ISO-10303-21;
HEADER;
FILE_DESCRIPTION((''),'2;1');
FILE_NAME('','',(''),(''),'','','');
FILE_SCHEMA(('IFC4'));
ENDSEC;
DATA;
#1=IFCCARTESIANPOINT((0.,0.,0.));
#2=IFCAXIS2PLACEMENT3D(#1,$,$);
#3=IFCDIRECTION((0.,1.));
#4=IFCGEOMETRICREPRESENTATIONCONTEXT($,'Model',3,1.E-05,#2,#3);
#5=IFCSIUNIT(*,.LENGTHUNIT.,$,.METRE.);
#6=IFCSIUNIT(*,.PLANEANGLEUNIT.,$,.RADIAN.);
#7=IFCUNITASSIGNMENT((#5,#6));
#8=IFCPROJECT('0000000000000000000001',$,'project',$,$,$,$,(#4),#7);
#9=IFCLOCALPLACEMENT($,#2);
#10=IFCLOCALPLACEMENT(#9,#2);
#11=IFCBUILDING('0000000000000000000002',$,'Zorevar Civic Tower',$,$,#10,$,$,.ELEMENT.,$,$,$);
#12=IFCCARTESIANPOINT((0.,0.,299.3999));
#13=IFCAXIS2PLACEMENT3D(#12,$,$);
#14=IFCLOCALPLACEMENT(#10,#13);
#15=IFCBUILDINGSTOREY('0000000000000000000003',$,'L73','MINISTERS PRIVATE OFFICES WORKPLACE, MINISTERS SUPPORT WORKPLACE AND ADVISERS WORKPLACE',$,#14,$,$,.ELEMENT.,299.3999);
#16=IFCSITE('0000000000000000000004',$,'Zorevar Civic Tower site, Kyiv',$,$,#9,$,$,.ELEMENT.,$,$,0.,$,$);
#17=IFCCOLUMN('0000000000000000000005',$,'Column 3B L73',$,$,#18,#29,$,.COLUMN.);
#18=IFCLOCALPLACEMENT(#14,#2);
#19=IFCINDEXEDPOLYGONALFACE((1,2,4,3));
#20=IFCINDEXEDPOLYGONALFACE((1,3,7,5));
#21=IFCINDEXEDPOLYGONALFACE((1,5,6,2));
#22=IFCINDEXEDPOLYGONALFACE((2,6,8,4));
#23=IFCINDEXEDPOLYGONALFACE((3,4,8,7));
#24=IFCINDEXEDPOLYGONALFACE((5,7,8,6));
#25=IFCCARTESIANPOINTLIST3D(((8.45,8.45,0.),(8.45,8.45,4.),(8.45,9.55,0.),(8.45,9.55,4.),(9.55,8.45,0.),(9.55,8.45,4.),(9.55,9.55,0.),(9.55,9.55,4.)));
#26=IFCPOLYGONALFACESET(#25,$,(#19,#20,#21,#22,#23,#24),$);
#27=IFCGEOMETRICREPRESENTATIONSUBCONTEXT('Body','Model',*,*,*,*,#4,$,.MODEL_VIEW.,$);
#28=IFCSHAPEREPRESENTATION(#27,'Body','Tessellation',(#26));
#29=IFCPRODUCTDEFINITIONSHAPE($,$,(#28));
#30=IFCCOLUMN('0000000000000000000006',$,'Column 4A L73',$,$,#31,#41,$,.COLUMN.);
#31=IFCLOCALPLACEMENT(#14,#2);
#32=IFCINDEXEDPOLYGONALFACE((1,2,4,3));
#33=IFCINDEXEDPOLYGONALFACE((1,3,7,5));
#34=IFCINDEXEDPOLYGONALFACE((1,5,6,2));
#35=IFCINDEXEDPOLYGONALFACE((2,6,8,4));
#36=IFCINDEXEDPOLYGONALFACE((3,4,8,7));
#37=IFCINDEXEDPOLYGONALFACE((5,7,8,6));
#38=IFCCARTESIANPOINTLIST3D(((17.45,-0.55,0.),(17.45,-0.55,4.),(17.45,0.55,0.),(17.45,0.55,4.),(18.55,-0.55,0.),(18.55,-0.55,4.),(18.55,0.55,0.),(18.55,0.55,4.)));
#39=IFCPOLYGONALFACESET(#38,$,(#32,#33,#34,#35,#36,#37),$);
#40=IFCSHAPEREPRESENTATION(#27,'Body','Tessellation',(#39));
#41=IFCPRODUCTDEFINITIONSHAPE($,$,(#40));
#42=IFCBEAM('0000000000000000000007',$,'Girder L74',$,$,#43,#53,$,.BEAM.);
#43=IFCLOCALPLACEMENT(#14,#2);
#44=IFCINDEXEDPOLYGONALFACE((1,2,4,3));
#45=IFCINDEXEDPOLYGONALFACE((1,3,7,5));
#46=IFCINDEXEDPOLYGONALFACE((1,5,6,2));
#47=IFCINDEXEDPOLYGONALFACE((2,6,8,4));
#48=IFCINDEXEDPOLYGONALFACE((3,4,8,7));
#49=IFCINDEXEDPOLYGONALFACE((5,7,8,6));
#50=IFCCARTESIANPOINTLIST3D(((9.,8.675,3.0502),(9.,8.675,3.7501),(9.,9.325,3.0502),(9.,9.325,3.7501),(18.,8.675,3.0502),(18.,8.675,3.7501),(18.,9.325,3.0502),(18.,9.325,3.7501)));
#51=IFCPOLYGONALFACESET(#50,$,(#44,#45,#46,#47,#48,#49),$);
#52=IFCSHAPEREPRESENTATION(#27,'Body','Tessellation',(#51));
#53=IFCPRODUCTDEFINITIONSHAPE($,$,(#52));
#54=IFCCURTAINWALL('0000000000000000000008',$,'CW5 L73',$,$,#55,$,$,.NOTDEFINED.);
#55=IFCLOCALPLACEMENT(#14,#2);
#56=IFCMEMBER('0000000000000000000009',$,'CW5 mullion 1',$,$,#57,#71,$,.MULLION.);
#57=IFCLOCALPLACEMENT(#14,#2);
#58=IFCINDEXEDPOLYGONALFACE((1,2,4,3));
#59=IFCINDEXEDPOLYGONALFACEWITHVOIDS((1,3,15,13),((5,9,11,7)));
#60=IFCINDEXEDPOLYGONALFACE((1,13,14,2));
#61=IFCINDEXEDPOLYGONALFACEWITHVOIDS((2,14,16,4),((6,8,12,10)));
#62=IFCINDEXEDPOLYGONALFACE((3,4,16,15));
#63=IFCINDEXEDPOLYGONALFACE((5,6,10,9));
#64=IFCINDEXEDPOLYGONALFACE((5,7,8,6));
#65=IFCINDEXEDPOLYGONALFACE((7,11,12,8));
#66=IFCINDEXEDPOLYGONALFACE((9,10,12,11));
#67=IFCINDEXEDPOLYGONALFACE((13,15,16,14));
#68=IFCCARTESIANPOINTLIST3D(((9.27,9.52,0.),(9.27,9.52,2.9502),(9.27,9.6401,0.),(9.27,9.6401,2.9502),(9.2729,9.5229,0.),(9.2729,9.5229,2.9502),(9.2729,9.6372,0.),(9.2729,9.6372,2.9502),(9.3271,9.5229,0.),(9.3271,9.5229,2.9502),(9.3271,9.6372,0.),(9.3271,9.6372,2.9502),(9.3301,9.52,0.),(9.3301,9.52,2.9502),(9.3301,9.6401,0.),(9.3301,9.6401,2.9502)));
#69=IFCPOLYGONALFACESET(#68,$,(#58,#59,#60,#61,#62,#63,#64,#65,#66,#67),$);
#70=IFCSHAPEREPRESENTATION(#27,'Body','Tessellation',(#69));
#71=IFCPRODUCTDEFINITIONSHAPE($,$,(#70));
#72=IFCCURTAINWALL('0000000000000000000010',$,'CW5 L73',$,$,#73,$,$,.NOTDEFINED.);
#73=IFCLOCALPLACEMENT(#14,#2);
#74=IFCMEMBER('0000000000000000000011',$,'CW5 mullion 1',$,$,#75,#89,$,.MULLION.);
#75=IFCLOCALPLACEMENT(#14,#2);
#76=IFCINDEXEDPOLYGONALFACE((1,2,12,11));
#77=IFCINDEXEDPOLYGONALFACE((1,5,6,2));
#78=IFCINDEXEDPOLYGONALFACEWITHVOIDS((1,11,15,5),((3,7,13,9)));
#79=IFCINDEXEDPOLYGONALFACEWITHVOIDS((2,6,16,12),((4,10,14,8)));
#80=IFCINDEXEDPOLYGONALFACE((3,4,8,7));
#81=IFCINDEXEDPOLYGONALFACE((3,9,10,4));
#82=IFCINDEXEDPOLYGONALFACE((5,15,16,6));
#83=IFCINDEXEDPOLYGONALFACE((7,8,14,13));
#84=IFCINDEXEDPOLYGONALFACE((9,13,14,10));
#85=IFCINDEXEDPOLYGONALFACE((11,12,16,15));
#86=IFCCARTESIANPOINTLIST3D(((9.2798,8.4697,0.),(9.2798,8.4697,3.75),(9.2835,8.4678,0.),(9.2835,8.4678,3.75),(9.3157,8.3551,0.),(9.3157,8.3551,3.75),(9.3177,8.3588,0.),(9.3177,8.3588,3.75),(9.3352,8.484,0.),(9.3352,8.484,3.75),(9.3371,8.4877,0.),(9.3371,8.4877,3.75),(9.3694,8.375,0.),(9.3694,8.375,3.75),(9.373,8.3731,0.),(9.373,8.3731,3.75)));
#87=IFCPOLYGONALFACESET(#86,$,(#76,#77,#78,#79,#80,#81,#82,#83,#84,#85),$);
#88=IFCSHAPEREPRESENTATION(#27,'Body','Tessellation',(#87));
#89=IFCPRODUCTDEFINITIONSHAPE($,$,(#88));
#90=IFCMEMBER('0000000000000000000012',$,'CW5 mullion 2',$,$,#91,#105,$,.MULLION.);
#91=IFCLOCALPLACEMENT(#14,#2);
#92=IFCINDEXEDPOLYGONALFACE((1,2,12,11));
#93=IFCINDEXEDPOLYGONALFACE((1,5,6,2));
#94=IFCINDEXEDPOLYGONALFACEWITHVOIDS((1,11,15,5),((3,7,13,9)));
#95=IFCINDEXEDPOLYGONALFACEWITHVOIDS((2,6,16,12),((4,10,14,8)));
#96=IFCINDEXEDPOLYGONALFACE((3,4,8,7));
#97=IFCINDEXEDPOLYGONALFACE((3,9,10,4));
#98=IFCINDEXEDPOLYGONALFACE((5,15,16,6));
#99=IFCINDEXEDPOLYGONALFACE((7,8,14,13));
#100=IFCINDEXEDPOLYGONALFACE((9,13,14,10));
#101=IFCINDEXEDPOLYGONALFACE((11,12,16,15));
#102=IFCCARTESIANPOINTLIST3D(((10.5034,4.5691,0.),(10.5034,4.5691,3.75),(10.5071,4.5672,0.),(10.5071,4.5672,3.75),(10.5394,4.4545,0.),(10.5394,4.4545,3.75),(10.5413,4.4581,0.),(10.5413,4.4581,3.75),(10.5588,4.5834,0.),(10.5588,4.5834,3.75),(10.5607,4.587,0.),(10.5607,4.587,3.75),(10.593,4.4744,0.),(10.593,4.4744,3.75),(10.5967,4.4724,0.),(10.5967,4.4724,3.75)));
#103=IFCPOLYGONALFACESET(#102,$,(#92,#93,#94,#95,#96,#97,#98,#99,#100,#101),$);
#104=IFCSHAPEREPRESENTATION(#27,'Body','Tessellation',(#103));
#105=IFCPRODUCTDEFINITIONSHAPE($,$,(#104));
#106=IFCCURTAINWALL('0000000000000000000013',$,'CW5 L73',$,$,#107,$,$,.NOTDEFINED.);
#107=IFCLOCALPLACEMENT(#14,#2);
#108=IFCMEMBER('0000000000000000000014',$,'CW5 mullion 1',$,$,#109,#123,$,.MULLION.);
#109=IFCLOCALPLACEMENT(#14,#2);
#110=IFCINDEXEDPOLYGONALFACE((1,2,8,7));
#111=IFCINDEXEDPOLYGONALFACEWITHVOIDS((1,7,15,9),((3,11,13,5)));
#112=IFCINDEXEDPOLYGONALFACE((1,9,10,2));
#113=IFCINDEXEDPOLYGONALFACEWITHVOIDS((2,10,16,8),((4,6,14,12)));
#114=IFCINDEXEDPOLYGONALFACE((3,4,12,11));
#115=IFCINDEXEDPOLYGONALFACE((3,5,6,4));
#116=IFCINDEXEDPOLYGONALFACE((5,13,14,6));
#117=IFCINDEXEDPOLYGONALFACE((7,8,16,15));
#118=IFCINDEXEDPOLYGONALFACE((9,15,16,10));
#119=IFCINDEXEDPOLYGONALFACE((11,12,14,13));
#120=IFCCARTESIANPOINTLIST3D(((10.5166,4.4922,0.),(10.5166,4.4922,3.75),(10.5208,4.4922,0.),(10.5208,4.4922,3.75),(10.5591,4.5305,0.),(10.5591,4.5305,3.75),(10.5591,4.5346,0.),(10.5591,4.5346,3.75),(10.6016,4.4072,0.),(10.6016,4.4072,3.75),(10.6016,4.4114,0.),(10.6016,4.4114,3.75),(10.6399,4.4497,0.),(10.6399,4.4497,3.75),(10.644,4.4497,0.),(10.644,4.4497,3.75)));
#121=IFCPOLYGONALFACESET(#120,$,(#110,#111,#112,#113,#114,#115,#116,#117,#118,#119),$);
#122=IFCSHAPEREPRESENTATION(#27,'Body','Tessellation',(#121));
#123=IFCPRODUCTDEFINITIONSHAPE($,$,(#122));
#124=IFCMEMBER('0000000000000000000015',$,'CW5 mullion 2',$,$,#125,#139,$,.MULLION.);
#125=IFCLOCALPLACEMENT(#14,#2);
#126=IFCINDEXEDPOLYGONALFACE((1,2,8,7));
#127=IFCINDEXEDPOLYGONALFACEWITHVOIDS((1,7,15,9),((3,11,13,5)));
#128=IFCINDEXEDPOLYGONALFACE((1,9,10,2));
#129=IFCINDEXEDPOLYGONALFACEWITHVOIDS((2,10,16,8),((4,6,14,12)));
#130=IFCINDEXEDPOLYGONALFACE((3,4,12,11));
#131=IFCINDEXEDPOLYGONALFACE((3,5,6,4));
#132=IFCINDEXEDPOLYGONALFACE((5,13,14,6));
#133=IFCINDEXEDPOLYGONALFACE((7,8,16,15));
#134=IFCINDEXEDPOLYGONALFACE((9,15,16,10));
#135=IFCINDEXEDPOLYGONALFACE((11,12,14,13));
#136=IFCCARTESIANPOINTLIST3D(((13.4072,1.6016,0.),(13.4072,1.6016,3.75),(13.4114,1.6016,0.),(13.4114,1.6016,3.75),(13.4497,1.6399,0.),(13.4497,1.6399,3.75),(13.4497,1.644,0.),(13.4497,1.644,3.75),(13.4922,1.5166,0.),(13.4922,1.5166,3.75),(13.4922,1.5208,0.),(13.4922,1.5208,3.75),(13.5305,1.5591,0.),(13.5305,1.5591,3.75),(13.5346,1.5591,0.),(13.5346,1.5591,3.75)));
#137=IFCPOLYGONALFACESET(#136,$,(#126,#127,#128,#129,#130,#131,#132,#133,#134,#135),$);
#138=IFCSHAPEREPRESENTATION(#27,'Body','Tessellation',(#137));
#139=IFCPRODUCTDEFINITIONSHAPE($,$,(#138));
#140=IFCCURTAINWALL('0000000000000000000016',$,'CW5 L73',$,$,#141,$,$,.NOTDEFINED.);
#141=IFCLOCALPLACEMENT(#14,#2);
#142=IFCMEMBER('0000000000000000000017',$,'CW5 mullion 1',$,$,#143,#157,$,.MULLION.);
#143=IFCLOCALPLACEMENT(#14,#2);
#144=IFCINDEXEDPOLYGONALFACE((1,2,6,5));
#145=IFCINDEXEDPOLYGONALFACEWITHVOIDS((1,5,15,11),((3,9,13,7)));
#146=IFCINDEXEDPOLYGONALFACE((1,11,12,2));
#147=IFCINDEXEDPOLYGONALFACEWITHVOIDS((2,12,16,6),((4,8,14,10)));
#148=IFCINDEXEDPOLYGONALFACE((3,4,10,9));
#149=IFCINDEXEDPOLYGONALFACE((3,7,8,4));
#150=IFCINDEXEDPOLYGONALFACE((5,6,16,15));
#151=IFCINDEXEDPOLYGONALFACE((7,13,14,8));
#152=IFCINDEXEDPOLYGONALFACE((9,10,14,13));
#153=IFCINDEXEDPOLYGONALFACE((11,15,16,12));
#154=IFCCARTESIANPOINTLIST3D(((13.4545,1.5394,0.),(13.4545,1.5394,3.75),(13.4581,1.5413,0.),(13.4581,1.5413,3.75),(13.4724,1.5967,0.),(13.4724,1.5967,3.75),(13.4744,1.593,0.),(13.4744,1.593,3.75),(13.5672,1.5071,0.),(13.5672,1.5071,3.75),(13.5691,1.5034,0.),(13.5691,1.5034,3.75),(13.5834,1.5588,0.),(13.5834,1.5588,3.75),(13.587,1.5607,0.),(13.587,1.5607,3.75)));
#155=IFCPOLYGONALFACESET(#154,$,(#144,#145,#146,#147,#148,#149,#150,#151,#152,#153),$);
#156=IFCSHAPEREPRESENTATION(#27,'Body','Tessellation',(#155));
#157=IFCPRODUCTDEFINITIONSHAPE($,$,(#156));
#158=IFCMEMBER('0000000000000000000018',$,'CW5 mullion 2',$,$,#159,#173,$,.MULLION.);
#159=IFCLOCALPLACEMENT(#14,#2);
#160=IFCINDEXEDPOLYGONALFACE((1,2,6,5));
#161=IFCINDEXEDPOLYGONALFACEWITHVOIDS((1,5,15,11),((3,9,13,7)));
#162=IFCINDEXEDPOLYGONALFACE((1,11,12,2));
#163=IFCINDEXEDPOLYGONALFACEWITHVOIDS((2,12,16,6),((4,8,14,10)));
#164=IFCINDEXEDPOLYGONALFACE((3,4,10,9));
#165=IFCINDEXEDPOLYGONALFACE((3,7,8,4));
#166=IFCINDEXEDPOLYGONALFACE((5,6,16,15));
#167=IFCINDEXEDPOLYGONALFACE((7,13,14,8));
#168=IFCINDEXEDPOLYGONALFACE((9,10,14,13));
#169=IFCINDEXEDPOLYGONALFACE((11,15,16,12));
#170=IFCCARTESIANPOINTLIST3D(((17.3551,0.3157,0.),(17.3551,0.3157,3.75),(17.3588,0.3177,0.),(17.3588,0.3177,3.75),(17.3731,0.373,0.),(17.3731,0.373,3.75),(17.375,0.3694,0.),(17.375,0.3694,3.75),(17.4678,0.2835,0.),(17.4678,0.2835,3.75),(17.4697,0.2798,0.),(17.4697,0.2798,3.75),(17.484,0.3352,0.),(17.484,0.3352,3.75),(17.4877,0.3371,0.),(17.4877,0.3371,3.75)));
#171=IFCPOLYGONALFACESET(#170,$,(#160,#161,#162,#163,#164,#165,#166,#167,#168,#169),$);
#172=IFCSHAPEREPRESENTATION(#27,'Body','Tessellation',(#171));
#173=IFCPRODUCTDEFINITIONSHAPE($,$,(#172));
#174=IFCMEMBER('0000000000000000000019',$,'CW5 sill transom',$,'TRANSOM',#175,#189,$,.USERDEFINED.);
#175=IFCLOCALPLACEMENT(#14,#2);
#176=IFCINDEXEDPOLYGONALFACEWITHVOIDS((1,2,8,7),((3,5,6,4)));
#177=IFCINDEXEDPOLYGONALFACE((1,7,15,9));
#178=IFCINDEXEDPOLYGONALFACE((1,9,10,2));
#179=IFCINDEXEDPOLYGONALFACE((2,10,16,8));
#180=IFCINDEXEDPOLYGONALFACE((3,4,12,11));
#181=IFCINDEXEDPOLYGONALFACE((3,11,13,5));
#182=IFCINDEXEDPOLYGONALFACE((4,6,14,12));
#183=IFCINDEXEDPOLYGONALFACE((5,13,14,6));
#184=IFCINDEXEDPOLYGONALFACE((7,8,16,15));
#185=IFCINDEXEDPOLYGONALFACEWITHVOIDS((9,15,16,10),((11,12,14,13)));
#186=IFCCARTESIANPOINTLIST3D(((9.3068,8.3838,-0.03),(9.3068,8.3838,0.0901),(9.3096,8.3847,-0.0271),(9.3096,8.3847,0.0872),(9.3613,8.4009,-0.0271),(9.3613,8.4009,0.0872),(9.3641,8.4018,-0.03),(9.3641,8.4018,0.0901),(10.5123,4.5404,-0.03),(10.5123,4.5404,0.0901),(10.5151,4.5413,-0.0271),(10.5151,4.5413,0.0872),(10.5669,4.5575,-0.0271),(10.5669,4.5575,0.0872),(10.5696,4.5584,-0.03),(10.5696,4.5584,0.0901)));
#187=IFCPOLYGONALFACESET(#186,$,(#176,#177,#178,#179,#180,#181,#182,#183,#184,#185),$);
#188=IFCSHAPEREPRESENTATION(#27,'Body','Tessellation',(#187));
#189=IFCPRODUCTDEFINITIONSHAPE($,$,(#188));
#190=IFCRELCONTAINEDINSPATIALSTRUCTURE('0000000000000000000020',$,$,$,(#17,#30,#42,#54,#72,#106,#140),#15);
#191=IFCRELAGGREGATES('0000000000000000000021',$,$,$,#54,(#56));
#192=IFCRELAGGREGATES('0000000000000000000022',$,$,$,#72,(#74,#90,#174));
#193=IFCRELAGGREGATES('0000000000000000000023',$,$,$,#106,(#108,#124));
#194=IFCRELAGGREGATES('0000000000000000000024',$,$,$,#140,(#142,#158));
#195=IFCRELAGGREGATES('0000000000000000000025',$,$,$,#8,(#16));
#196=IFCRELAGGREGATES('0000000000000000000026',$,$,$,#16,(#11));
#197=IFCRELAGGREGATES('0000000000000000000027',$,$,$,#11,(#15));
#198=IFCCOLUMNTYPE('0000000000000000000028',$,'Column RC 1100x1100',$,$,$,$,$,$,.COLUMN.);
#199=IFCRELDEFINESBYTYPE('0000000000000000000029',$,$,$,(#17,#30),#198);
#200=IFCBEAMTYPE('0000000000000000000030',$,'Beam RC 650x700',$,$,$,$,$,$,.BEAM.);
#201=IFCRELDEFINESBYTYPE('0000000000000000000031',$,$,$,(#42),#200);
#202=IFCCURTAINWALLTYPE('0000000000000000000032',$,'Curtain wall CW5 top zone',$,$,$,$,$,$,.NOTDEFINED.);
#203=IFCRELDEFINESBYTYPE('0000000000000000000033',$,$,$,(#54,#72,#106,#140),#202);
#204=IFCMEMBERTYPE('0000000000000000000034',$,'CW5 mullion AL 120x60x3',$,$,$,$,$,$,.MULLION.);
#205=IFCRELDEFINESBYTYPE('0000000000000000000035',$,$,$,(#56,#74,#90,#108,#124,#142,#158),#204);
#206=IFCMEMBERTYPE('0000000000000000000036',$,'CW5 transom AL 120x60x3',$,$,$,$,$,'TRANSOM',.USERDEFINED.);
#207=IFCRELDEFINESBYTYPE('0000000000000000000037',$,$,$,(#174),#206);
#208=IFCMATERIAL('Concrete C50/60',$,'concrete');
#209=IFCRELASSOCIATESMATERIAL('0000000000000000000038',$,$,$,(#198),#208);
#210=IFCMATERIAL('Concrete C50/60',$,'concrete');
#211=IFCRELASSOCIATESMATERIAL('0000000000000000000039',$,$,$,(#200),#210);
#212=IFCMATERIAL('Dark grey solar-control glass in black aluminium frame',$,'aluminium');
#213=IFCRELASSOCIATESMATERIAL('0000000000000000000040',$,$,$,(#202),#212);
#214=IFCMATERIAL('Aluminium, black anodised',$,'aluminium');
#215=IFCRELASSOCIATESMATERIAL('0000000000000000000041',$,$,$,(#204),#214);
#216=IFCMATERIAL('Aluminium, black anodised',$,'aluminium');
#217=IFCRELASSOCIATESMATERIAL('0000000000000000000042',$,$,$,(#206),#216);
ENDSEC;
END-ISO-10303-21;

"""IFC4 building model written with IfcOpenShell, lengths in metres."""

from ifc_helpers import new_model, si_unit, direction, frame, origin, origin_2d, place, context, subcontext, project, spatial, rectangle, hollow_rectangle, extrude, material, material_profile, profile_set, type_object, element, aggregate, save


model = new_model("IFC4")

# Units and contexts
model_context = context("Model", 3, precision=1e-05, world=origin(), true_north=direction((0.0, 1.0)))
body_context = subcontext(model_context, "Body", "Model", "MODEL_VIEW")
ifc_project = project(units=[si_unit("LENGTHUNIT", "METRE"), si_unit("PLANEANGLEUNIT", "RADIAN")], contexts=[model_context])

# Site, building, storey
site_placement = place(None, origin())
site = spatial("IfcSite", under=ifc_project, at=site_placement, Name="Zorevar Civic Tower site, Kyiv", CompositionType="ELEMENT", RefElevation=0.0)
building_placement = place(site_placement, origin())
building = spatial("IfcBuilding", under=site, at=building_placement, Name="Zorevar Civic Tower", CompositionType="ELEMENT")
storey_placement = place(building_placement, frame((0.0, 0.0, 299.3999)))
storey = spatial("IfcBuildingStorey", under=building, at=storey_placement, Name="L73", Description="MINISTERS PRIVATE OFFICES WORKPLACE, MINISTERS SUPPORT WORKPLACE AND ADVISERS WORKPLACE", CompositionType="ELEMENT", Elevation=299.3999)

# Columns
ifc_material_1 = material(Name="Concrete C50/60", Category="concrete")
ifc_material_profile_1 = material_profile(ifc_material_1, rectangle(XDim=1.1001, YDim=1.1001, at=origin_2d()), Name="RC 1100x1100")
ifc_profile_set_1 = profile_set([ifc_material_profile_1], Name="Concrete C50/60")
column_type = type_object("IfcColumnType", Name="Column RC 1100x1100", PredefinedType="COLUMN", material=ifc_profile_set_1)
for number, where, z_axis, x_axis, name in (
    (1, (9.0, 9.0, 0.0), (0.0, 0.0, 1.0), (1.0, 0.0, 0.0), "Column 3B L73"),
    (2, (18.0, 0.0, 0.0), (0.0, 0.0, 1.0), (1.0, 0.0, 0.0), "Column 4A L73"),
):
    element("IfcColumn", number, at=place(storey_placement, frame(where, z_axis=z_axis, x_axis=x_axis)), inside=storey, type_object=column_type, Name=name, PredefinedType="COLUMN", context=body_context, shape_type="SweptSolid", body=[
        extrude(rectangle(XDim=1.1001, YDim=1.1001, at=origin_2d()), origin(), (0.0, 0.0, 1.0), 4.0),
    ])

# Beam
ifc_material_2 = material(Name="Concrete C50/60", Category="concrete")
ifc_material_profile_2 = material_profile(ifc_material_2, rectangle(XDim=0.6499, YDim=0.7, at=origin_2d()), Name="RC 650x700")
ifc_profile_set_2 = profile_set([ifc_material_profile_2], Name="Concrete C50/60")
beam_type_1 = type_object("IfcBeamType", Name="Beam RC 650x700", PredefinedType="BEAM", material=ifc_profile_set_2)
beam_1_placement = place(storey_placement, frame((9.0, 9.0, 3.4001), z_axis=(1.0, 0.0, 0.0), x_axis=(0.0, 1.0, 0.0)))
element("IfcBeam", 3, at=beam_1_placement, inside=storey, type_object=beam_type_1, Name="Girder L74", PredefinedType="BEAM", context=body_context, shape_type="SweptSolid", body=[
    extrude(rectangle(XDim=0.6499, YDim=0.7, at=origin_2d()), origin(), (0.0, 0.0, 1.0), 9.0),
])

# Curtain wall, member
ifc_material_3 = material(Name="Dark grey solar-control glass in black aluminium frame", Category="aluminium")
curtain_wall_type = type_object("IfcCurtainWallType", Name="Curtain wall CW5 top zone", PredefinedType="NOTDEFINED", material=ifc_material_3)
curtain_wall_1_placement = place(storey_placement, origin())
curtain_wall_1 = element("IfcCurtainWall", 4, at=curtain_wall_1_placement, inside=storey, type_object=curtain_wall_type, Name="CW5 L73", PredefinedType="NOTDEFINED")
ifc_material_4 = material(Name="Aluminium, black anodised", Category="aluminium")
ifc_material_profile_3 = material_profile(ifc_material_4, hollow_rectangle(XDim=0.0601, YDim=0.1201, WallThickness=0.0029, at=origin_2d()), Name="AL 120x60x3")
ifc_profile_set_3 = profile_set([ifc_material_profile_3], Name="Aluminium, black anodised")
member_type_1 = type_object("IfcMemberType", Name="CW5 mullion AL 120x60x3", PredefinedType="MULLION", material=ifc_profile_set_3)
member_1_placement = place(storey_placement, frame((9.3, 9.5801, 0.0), z_axis=(0.0, 0.0, 1.0), x_axis=(-1.0, 0.0, 0.0)))
member_1 = element("IfcMember", 5, at=member_1_placement, type_object=member_type_1, Name="CW5 mullion 1", PredefinedType="MULLION", context=body_context, shape_type="SweptSolid", body=[
    extrude(hollow_rectangle(XDim=0.0601, YDim=0.1201, WallThickness=0.0029, at=origin_2d()), origin(), (0.0, 0.0, 1.0), 2.9502),
])
aggregate(curtain_wall_1, [member_1])

# Curtain walls, members
curtain_wall_2_placement = place(storey_placement, origin())
curtain_wall_2 = element("IfcCurtainWall", 6, at=curtain_wall_2_placement, inside=storey, type_object=curtain_wall_type, Name="CW5 L73", PredefinedType="NOTDEFINED")
member_2_placement = place(storey_placement, frame((9.3264, 8.4214, 0.0), z_axis=(0.0, 0.0, 1.0), x_axis=(0.954153, 0.299318, 0.0)))
member_2 = element("IfcMember", 7, at=member_2_placement, type_object=member_type_1, Name="CW5 mullion 1", PredefinedType="MULLION", context=body_context, shape_type="SweptSolid", body=[
    extrude(hollow_rectangle(XDim=0.0601, YDim=0.1201, WallThickness=0.0029, at=origin_2d()), origin(), (0.0, 0.0, 1.0), 3.75),
])
member_3_placement = place(storey_placement, frame((10.55, 4.5208, 0.0), z_axis=(0.0, 0.0, 1.0), x_axis=(0.954153, 0.299318, 0.0)))
member_3 = element("IfcMember", 8, at=member_3_placement, type_object=member_type_1, Name="CW5 mullion 2", PredefinedType="MULLION", context=body_context, shape_type="SweptSolid", body=[
    extrude(hollow_rectangle(XDim=0.0601, YDim=0.1201, WallThickness=0.0029, at=origin_2d()), origin(), (0.0, 0.0, 1.0), 3.75),
])
curtain_wall_3_placement = place(storey_placement, origin())
curtain_wall_3 = element("IfcCurtainWall", 9, at=curtain_wall_3_placement, inside=storey, type_object=curtain_wall_type, Name="CW5 L73", PredefinedType="NOTDEFINED")
member_4_placement = place(storey_placement, frame((10.5803, 4.4709, 0.0), z_axis=(0.0, 0.0, 1.0), x_axis=(0.707107, 0.707107, 0.0)))
member_4 = element("IfcMember", 10, at=member_4_placement, type_object=member_type_1, Name="CW5 mullion 1", PredefinedType="MULLION", context=body_context, shape_type="SweptSolid", body=[
    extrude(hollow_rectangle(XDim=0.0601, YDim=0.1201, WallThickness=0.0029, at=origin_2d()), origin(), (0.0, 0.0, 1.0), 3.75),
])
member_5_placement = place(storey_placement, frame((13.4709, 1.5803, 0.0), z_axis=(0.0, 0.0, 1.0), x_axis=(0.707107, 0.707107, 0.0)))
member_5 = element("IfcMember", 11, at=member_5_placement, type_object=member_type_1, Name="CW5 mullion 2", PredefinedType="MULLION", context=body_context, shape_type="SweptSolid", body=[
    extrude(hollow_rectangle(XDim=0.0601, YDim=0.1201, WallThickness=0.0029, at=origin_2d()), origin(), (0.0, 0.0, 1.0), 3.75),
])
curtain_wall_4_placement = place(storey_placement, origin())
curtain_wall_4 = element("IfcCurtainWall", 12, at=curtain_wall_4_placement, inside=storey, type_object=curtain_wall_type, Name="CW5 L73", PredefinedType="NOTDEFINED")
member_6_placement = place(storey_placement, frame((13.5208, 1.55, 0.0), z_axis=(0.0, 0.0, 1.0), x_axis=(0.299318, 0.954153, 0.0)))
member_6 = element("IfcMember", 13, at=member_6_placement, type_object=member_type_1, Name="CW5 mullion 1", PredefinedType="MULLION", context=body_context, shape_type="SweptSolid", body=[
    extrude(hollow_rectangle(XDim=0.0601, YDim=0.1201, WallThickness=0.0029, at=origin_2d()), origin(), (0.0, 0.0, 1.0), 3.75),
])
member_7_placement = place(storey_placement, frame((17.4214, 0.3264, 0.0), z_axis=(0.0, 0.0, 1.0), x_axis=(0.299318, 0.954153, 0.0)))
member_7 = element("IfcMember", 14, at=member_7_placement, type_object=member_type_1, Name="CW5 mullion 2", PredefinedType="MULLION", context=body_context, shape_type="SweptSolid", body=[
    extrude(hollow_rectangle(XDim=0.0601, YDim=0.1201, WallThickness=0.0029, at=origin_2d()), origin(), (0.0, 0.0, 1.0), 3.75),
])

# Member
ifc_material_5 = material(Name="Aluminium, black anodised", Category="aluminium")
ifc_material_profile_4 = material_profile(ifc_material_5, hollow_rectangle(XDim=0.0601, YDim=0.1201, WallThickness=0.0029, at=origin_2d()), Name="AL 120x60x3")
ifc_profile_set_4 = profile_set([ifc_material_profile_4], Name="Aluminium, black anodised")
member_type_2 = type_object("IfcMemberType", Name="CW5 transom AL 120x60x3", ElementType="TRANSOM", PredefinedType="USERDEFINED", material=ifc_profile_set_4)
member_8_placement = place(storey_placement, frame((9.3354, 8.3928, 0.03), z_axis=(0.299286, -0.954163, 0.0), x_axis=(0.954163, 0.299286, 0.0)))
member_8 = element("IfcMember", 15, at=member_8_placement, type_object=member_type_2, Name="CW5 sill transom", ObjectType="TRANSOM", PredefinedType="USERDEFINED", context=body_context, shape_type="SweptSolid", body=[
    extrude(hollow_rectangle(XDim=0.0601, YDim=0.1201, WallThickness=0.0029, at=origin_2d()), origin(), (0.0, 0.0, 1.0), 4.0281),
])

aggregate(curtain_wall_2, [member_2, member_3, member_8])
aggregate(curtain_wall_3, [member_4, member_5])
aggregate(curtain_wall_4, [member_6, member_7])

save(model, "model.ifc")
